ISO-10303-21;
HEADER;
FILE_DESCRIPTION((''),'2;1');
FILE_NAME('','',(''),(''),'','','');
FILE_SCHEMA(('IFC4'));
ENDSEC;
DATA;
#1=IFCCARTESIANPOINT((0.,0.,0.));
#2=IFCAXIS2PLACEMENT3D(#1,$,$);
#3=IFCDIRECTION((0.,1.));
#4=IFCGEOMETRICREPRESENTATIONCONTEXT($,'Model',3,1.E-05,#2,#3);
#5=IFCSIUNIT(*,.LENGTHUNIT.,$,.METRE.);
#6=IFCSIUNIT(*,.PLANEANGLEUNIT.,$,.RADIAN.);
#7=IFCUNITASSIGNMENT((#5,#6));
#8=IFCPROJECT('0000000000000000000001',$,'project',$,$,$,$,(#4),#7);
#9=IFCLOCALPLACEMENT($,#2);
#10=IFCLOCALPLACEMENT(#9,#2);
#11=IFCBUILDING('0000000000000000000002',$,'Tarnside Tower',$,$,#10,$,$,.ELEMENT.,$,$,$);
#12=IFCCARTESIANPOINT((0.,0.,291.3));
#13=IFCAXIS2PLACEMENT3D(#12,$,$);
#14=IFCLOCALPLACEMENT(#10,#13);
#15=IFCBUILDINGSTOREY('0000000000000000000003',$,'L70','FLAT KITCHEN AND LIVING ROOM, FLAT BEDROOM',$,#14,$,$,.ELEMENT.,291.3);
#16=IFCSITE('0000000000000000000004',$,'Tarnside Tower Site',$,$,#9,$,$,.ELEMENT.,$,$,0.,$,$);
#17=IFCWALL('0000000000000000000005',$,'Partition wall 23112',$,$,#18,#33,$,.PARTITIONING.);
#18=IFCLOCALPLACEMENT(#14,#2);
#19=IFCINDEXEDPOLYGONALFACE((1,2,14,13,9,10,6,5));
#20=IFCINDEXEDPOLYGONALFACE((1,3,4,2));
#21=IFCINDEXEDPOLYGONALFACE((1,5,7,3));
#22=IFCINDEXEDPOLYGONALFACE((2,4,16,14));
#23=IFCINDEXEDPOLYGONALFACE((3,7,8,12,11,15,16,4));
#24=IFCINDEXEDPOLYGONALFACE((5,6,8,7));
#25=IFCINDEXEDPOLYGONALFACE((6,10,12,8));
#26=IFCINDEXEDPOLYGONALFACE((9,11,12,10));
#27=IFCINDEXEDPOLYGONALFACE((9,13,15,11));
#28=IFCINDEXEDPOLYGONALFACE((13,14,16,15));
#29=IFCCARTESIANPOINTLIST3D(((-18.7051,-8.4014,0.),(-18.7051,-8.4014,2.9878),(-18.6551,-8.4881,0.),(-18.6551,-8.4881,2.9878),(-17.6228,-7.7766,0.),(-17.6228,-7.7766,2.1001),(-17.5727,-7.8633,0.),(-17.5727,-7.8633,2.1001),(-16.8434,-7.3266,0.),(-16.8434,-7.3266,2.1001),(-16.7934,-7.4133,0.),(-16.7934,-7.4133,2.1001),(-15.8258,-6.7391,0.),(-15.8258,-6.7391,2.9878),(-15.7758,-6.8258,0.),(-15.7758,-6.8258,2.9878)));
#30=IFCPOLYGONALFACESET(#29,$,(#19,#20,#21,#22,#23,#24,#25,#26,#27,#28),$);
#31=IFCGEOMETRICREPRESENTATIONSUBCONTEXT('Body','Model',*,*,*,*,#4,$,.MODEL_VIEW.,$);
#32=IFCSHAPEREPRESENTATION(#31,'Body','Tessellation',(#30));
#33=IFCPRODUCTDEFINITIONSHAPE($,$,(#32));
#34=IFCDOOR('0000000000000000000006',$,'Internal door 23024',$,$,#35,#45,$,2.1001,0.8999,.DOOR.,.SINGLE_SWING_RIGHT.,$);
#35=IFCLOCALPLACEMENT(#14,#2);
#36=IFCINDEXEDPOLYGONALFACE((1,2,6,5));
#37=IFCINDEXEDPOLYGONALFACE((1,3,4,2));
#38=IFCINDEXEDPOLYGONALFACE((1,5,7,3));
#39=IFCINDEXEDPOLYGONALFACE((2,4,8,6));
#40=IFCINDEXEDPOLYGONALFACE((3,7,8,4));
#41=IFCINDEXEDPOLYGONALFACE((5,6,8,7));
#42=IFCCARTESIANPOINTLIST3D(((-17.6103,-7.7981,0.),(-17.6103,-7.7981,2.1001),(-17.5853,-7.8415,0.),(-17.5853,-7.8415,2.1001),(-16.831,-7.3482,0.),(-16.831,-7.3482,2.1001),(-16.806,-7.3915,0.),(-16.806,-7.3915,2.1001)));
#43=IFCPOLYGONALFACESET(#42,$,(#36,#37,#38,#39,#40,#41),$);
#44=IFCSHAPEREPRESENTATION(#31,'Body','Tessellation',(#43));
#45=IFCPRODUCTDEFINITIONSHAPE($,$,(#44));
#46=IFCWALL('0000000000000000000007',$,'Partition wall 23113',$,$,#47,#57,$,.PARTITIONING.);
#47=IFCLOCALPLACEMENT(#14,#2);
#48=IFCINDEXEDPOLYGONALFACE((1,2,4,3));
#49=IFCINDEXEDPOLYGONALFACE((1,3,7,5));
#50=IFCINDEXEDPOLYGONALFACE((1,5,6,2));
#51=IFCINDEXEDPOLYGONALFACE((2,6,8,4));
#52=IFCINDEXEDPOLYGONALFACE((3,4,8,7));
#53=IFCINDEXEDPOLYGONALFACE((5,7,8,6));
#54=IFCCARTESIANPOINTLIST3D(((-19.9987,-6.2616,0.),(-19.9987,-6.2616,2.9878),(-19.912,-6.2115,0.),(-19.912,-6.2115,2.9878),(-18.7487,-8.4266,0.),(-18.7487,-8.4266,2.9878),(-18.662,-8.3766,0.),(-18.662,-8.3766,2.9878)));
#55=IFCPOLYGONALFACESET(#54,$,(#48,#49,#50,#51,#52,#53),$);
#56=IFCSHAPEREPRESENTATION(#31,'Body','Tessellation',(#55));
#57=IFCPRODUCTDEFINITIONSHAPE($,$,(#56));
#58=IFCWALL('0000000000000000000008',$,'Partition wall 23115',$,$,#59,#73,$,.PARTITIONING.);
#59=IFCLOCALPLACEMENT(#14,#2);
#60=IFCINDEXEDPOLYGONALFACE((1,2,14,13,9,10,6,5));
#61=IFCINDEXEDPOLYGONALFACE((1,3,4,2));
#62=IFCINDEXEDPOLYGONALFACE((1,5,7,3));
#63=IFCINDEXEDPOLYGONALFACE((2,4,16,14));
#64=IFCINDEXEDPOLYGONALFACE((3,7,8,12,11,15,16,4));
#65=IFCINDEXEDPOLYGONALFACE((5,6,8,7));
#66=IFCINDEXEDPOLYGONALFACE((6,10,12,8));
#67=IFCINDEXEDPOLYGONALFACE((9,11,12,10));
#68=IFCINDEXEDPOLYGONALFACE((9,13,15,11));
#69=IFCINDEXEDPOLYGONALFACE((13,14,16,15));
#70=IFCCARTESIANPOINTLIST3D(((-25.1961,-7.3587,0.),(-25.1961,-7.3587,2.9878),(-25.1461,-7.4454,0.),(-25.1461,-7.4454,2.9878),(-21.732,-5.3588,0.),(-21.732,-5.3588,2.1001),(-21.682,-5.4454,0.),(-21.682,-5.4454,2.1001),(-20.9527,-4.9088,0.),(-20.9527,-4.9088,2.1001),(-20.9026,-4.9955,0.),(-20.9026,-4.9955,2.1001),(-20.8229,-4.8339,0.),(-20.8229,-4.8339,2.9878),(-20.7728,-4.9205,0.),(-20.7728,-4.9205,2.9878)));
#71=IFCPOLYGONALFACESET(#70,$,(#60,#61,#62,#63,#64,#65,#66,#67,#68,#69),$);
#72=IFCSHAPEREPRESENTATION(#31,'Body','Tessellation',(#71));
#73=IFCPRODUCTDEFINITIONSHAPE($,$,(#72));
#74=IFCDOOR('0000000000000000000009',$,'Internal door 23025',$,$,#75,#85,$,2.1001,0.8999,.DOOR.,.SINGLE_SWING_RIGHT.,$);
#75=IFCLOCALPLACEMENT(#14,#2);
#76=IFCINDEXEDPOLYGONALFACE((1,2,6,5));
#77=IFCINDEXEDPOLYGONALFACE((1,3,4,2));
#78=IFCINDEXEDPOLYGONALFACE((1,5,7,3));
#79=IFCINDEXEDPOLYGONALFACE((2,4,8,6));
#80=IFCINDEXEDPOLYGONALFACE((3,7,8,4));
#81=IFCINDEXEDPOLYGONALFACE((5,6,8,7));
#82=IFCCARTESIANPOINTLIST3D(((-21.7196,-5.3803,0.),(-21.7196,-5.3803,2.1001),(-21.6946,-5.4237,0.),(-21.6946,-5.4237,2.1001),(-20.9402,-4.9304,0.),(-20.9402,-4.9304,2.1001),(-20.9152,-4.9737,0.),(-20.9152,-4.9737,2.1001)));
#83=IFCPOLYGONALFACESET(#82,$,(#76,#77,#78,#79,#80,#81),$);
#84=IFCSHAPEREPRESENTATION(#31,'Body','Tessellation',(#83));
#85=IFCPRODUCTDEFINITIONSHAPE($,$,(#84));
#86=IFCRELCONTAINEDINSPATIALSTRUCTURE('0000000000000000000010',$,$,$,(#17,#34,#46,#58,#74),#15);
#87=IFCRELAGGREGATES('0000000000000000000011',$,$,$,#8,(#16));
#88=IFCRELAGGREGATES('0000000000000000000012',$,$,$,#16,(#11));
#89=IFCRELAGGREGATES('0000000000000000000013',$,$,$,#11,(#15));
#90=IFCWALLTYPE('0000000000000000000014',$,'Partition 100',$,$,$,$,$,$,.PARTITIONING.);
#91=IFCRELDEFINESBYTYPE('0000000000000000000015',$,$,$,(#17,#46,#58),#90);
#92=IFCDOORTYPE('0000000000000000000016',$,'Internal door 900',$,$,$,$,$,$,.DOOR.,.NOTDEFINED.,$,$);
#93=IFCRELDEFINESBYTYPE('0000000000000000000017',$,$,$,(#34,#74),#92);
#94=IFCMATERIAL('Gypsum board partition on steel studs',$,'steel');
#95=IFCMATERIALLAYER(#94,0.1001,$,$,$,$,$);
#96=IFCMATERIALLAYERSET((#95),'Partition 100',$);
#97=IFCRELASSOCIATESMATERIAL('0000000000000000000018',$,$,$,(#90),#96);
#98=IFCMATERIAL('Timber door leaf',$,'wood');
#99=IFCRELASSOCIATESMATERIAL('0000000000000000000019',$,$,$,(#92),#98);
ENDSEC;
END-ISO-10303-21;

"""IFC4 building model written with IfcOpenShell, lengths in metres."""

from ifc_helpers import new_model, si_unit, direction, frame, frame_2d, origin, place, context, subcontext, project, spatial, rectangle, extrude, material, layer, layer_set, type_object, element, fill, save


model = new_model("IFC4")

# Units and contexts
model_context = context("Model", 3, precision=1e-05, world=origin(), true_north=direction((0.0, 1.0)))
body_context = subcontext(model_context, "Body", "Model", "MODEL_VIEW")
ifc_project = project(units=[si_unit("LENGTHUNIT", "METRE"), si_unit("PLANEANGLEUNIT", "RADIAN")], contexts=[model_context])

# Site, building, storey
site_placement = place(None, origin())
site = spatial("IfcSite", under=ifc_project, at=site_placement, Name="Tarnside Tower Site", CompositionType="ELEMENT", RefElevation=0.0)
building_placement = place(site_placement, origin())
building = spatial("IfcBuilding", under=site, at=building_placement, Name="Tarnside Tower", CompositionType="ELEMENT")
storey_placement = place(building_placement, frame((0.0, 0.0, 291.3)))
storey = spatial("IfcBuildingStorey", under=building, at=storey_placement, Name="L70", Description="FLAT KITCHEN AND LIVING ROOM, FLAT BEDROOM", CompositionType="ELEMENT", Elevation=291.3)

# Shared definitions
ifc_material_1 = material(Name="Gypsum board partition on steel studs", Category="steel")

# Shared definitions
ifc_material_2 = material(Name="Timber door leaf", Category="wood")

# Wall, opening, door
ifc_layer_1 = layer(ifc_material_1, 0.1001)
ifc_layer_set_1 = layer_set([ifc_layer_1], Name="Partition 100")
wall_type_1 = type_object("IfcWallType", Name="Partition 100", PredefinedType="PARTITIONING", material=ifc_layer_set_1)
wall_1_placement = place(storey_placement, frame((-15.8008, -6.7825, 0.0), z_axis=(0.0, 0.0, 1.0), x_axis=(-0.866034, -0.499985, 0.0)))
wall_1 = element("IfcWall", 1, at=wall_1_placement, inside=storey, type_object=wall_type_1, Name="Partition wall 23112", PredefinedType="PARTITIONING", context=body_context, shape_type="SweptSolid", body=[
    extrude(rectangle(XDim=3.3247, YDim=0.1001, at=frame_2d((1.6624, 0.0))), origin(), (0.0, 0.0, 1.0), 2.9878),
])
opening_1_placement = place(wall_1_placement, frame((1.175, 0.0, 0.0)))
opening_1 = element("IfcOpeningElement", 2, at=opening_1_placement, cuts=wall_1, PredefinedType="OPENING", context=body_context, shape_type="SweptSolid", body=[
    extrude(rectangle(XDim=0.8999, YDim=2.1001, at=frame_2d((0.45, 1.05))), frame((0.0, 0.0601, 0.0), z_axis=(0.0, -1.0, 0.0), x_axis=(1.0, 0.0, 0.0)), (0.0, 0.0, 1.0), 0.1201),
])
door_type_1 = type_object("IfcDoorType", Name="Internal door 900", OperationType="NOTDEFINED", PredefinedType="DOOR", material=ifc_material_2)
door_1_placement = place(opening_1_placement, origin())
door_1 = element("IfcDoor", 3, at=door_1_placement, inside=storey, type_object=door_type_1, Name="Internal door 23024", OperationType="SINGLE_SWING_RIGHT", OverallHeight=2.1001, OverallWidth=0.8999, PredefinedType="DOOR", context=body_context, shape_type="SweptSolid", body=[
    extrude(rectangle(XDim=0.8999, YDim=2.1001, at=frame_2d((0.45, 1.05))), frame((0.0, 0.0249, 0.0), z_axis=(0.0, -1.0, 0.0), x_axis=(1.0, 0.0, 0.0)), (0.0, 0.0, 1.0), 0.05),
])
fill(opening_1, door_1)

# Wall
wall_2_placement = place(storey_placement, frame((-18.7053, -8.4016, 0.0), z_axis=(0.0, 0.0, 1.0), x_axis=(-0.500004, 0.866023, 0.0)))
element("IfcWall", 4, at=wall_2_placement, inside=storey, type_object=wall_type_1, Name="Partition wall 23113", PredefinedType="PARTITIONING", context=body_context, shape_type="SweptSolid", body=[
    extrude(rectangle(XDim=2.5, YDim=0.1001, at=frame_2d((1.25, 0.0))), origin(), (0.0, 0.0, 1.0), 2.9878),
])

# Wall, opening, door
wall_3_placement = place(storey_placement, frame((-20.7979, -4.8772, 0.0), z_axis=(0.0, 0.0, 1.0), x_axis=(-0.866027, -0.499997, 0.0)))
wall_3 = element("IfcWall", 5, at=wall_3_placement, inside=storey, type_object=wall_type_1, Name="Partition wall 23115", PredefinedType="PARTITIONING", context=body_context, shape_type="SweptSolid", body=[
    extrude(rectangle(XDim=5.0498, YDim=0.1001, at=frame_2d((2.5249, 0.0))), origin(), (0.0, 0.0, 1.0), 2.9878),
])
opening_2_placement = place(wall_3_placement, frame((0.1499, 0.0, 0.0)))
opening_2 = element("IfcOpeningElement", 6, at=opening_2_placement, cuts=wall_3, PredefinedType="OPENING", context=body_context, shape_type="SweptSolid", body=[
    extrude(rectangle(XDim=0.8999, YDim=2.1001, at=frame_2d((0.45, 1.05))), frame((0.0, 0.0601, 0.0), z_axis=(0.0, -1.0, 0.0), x_axis=(1.0, 0.0, 0.0)), (0.0, 0.0, 1.0), 0.1201),
])
door_2_placement = place(opening_2_placement, origin())
door_2 = element("IfcDoor", 7, at=door_2_placement, inside=storey, type_object=door_type_1, Name="Internal door 23025", OperationType="SINGLE_SWING_RIGHT", OverallHeight=2.1001, OverallWidth=0.8999, PredefinedType="DOOR", context=body_context, shape_type="SweptSolid", body=[
    extrude(rectangle(XDim=0.8999, YDim=2.1001, at=frame_2d((0.45, 1.05))), frame((0.0, 0.0249, 0.0), z_axis=(0.0, -1.0, 0.0), x_axis=(1.0, 0.0, 0.0)), (0.0, 0.0, 1.0), 0.05),
])
fill(opening_2, door_2)

save(model, "model.ifc")
